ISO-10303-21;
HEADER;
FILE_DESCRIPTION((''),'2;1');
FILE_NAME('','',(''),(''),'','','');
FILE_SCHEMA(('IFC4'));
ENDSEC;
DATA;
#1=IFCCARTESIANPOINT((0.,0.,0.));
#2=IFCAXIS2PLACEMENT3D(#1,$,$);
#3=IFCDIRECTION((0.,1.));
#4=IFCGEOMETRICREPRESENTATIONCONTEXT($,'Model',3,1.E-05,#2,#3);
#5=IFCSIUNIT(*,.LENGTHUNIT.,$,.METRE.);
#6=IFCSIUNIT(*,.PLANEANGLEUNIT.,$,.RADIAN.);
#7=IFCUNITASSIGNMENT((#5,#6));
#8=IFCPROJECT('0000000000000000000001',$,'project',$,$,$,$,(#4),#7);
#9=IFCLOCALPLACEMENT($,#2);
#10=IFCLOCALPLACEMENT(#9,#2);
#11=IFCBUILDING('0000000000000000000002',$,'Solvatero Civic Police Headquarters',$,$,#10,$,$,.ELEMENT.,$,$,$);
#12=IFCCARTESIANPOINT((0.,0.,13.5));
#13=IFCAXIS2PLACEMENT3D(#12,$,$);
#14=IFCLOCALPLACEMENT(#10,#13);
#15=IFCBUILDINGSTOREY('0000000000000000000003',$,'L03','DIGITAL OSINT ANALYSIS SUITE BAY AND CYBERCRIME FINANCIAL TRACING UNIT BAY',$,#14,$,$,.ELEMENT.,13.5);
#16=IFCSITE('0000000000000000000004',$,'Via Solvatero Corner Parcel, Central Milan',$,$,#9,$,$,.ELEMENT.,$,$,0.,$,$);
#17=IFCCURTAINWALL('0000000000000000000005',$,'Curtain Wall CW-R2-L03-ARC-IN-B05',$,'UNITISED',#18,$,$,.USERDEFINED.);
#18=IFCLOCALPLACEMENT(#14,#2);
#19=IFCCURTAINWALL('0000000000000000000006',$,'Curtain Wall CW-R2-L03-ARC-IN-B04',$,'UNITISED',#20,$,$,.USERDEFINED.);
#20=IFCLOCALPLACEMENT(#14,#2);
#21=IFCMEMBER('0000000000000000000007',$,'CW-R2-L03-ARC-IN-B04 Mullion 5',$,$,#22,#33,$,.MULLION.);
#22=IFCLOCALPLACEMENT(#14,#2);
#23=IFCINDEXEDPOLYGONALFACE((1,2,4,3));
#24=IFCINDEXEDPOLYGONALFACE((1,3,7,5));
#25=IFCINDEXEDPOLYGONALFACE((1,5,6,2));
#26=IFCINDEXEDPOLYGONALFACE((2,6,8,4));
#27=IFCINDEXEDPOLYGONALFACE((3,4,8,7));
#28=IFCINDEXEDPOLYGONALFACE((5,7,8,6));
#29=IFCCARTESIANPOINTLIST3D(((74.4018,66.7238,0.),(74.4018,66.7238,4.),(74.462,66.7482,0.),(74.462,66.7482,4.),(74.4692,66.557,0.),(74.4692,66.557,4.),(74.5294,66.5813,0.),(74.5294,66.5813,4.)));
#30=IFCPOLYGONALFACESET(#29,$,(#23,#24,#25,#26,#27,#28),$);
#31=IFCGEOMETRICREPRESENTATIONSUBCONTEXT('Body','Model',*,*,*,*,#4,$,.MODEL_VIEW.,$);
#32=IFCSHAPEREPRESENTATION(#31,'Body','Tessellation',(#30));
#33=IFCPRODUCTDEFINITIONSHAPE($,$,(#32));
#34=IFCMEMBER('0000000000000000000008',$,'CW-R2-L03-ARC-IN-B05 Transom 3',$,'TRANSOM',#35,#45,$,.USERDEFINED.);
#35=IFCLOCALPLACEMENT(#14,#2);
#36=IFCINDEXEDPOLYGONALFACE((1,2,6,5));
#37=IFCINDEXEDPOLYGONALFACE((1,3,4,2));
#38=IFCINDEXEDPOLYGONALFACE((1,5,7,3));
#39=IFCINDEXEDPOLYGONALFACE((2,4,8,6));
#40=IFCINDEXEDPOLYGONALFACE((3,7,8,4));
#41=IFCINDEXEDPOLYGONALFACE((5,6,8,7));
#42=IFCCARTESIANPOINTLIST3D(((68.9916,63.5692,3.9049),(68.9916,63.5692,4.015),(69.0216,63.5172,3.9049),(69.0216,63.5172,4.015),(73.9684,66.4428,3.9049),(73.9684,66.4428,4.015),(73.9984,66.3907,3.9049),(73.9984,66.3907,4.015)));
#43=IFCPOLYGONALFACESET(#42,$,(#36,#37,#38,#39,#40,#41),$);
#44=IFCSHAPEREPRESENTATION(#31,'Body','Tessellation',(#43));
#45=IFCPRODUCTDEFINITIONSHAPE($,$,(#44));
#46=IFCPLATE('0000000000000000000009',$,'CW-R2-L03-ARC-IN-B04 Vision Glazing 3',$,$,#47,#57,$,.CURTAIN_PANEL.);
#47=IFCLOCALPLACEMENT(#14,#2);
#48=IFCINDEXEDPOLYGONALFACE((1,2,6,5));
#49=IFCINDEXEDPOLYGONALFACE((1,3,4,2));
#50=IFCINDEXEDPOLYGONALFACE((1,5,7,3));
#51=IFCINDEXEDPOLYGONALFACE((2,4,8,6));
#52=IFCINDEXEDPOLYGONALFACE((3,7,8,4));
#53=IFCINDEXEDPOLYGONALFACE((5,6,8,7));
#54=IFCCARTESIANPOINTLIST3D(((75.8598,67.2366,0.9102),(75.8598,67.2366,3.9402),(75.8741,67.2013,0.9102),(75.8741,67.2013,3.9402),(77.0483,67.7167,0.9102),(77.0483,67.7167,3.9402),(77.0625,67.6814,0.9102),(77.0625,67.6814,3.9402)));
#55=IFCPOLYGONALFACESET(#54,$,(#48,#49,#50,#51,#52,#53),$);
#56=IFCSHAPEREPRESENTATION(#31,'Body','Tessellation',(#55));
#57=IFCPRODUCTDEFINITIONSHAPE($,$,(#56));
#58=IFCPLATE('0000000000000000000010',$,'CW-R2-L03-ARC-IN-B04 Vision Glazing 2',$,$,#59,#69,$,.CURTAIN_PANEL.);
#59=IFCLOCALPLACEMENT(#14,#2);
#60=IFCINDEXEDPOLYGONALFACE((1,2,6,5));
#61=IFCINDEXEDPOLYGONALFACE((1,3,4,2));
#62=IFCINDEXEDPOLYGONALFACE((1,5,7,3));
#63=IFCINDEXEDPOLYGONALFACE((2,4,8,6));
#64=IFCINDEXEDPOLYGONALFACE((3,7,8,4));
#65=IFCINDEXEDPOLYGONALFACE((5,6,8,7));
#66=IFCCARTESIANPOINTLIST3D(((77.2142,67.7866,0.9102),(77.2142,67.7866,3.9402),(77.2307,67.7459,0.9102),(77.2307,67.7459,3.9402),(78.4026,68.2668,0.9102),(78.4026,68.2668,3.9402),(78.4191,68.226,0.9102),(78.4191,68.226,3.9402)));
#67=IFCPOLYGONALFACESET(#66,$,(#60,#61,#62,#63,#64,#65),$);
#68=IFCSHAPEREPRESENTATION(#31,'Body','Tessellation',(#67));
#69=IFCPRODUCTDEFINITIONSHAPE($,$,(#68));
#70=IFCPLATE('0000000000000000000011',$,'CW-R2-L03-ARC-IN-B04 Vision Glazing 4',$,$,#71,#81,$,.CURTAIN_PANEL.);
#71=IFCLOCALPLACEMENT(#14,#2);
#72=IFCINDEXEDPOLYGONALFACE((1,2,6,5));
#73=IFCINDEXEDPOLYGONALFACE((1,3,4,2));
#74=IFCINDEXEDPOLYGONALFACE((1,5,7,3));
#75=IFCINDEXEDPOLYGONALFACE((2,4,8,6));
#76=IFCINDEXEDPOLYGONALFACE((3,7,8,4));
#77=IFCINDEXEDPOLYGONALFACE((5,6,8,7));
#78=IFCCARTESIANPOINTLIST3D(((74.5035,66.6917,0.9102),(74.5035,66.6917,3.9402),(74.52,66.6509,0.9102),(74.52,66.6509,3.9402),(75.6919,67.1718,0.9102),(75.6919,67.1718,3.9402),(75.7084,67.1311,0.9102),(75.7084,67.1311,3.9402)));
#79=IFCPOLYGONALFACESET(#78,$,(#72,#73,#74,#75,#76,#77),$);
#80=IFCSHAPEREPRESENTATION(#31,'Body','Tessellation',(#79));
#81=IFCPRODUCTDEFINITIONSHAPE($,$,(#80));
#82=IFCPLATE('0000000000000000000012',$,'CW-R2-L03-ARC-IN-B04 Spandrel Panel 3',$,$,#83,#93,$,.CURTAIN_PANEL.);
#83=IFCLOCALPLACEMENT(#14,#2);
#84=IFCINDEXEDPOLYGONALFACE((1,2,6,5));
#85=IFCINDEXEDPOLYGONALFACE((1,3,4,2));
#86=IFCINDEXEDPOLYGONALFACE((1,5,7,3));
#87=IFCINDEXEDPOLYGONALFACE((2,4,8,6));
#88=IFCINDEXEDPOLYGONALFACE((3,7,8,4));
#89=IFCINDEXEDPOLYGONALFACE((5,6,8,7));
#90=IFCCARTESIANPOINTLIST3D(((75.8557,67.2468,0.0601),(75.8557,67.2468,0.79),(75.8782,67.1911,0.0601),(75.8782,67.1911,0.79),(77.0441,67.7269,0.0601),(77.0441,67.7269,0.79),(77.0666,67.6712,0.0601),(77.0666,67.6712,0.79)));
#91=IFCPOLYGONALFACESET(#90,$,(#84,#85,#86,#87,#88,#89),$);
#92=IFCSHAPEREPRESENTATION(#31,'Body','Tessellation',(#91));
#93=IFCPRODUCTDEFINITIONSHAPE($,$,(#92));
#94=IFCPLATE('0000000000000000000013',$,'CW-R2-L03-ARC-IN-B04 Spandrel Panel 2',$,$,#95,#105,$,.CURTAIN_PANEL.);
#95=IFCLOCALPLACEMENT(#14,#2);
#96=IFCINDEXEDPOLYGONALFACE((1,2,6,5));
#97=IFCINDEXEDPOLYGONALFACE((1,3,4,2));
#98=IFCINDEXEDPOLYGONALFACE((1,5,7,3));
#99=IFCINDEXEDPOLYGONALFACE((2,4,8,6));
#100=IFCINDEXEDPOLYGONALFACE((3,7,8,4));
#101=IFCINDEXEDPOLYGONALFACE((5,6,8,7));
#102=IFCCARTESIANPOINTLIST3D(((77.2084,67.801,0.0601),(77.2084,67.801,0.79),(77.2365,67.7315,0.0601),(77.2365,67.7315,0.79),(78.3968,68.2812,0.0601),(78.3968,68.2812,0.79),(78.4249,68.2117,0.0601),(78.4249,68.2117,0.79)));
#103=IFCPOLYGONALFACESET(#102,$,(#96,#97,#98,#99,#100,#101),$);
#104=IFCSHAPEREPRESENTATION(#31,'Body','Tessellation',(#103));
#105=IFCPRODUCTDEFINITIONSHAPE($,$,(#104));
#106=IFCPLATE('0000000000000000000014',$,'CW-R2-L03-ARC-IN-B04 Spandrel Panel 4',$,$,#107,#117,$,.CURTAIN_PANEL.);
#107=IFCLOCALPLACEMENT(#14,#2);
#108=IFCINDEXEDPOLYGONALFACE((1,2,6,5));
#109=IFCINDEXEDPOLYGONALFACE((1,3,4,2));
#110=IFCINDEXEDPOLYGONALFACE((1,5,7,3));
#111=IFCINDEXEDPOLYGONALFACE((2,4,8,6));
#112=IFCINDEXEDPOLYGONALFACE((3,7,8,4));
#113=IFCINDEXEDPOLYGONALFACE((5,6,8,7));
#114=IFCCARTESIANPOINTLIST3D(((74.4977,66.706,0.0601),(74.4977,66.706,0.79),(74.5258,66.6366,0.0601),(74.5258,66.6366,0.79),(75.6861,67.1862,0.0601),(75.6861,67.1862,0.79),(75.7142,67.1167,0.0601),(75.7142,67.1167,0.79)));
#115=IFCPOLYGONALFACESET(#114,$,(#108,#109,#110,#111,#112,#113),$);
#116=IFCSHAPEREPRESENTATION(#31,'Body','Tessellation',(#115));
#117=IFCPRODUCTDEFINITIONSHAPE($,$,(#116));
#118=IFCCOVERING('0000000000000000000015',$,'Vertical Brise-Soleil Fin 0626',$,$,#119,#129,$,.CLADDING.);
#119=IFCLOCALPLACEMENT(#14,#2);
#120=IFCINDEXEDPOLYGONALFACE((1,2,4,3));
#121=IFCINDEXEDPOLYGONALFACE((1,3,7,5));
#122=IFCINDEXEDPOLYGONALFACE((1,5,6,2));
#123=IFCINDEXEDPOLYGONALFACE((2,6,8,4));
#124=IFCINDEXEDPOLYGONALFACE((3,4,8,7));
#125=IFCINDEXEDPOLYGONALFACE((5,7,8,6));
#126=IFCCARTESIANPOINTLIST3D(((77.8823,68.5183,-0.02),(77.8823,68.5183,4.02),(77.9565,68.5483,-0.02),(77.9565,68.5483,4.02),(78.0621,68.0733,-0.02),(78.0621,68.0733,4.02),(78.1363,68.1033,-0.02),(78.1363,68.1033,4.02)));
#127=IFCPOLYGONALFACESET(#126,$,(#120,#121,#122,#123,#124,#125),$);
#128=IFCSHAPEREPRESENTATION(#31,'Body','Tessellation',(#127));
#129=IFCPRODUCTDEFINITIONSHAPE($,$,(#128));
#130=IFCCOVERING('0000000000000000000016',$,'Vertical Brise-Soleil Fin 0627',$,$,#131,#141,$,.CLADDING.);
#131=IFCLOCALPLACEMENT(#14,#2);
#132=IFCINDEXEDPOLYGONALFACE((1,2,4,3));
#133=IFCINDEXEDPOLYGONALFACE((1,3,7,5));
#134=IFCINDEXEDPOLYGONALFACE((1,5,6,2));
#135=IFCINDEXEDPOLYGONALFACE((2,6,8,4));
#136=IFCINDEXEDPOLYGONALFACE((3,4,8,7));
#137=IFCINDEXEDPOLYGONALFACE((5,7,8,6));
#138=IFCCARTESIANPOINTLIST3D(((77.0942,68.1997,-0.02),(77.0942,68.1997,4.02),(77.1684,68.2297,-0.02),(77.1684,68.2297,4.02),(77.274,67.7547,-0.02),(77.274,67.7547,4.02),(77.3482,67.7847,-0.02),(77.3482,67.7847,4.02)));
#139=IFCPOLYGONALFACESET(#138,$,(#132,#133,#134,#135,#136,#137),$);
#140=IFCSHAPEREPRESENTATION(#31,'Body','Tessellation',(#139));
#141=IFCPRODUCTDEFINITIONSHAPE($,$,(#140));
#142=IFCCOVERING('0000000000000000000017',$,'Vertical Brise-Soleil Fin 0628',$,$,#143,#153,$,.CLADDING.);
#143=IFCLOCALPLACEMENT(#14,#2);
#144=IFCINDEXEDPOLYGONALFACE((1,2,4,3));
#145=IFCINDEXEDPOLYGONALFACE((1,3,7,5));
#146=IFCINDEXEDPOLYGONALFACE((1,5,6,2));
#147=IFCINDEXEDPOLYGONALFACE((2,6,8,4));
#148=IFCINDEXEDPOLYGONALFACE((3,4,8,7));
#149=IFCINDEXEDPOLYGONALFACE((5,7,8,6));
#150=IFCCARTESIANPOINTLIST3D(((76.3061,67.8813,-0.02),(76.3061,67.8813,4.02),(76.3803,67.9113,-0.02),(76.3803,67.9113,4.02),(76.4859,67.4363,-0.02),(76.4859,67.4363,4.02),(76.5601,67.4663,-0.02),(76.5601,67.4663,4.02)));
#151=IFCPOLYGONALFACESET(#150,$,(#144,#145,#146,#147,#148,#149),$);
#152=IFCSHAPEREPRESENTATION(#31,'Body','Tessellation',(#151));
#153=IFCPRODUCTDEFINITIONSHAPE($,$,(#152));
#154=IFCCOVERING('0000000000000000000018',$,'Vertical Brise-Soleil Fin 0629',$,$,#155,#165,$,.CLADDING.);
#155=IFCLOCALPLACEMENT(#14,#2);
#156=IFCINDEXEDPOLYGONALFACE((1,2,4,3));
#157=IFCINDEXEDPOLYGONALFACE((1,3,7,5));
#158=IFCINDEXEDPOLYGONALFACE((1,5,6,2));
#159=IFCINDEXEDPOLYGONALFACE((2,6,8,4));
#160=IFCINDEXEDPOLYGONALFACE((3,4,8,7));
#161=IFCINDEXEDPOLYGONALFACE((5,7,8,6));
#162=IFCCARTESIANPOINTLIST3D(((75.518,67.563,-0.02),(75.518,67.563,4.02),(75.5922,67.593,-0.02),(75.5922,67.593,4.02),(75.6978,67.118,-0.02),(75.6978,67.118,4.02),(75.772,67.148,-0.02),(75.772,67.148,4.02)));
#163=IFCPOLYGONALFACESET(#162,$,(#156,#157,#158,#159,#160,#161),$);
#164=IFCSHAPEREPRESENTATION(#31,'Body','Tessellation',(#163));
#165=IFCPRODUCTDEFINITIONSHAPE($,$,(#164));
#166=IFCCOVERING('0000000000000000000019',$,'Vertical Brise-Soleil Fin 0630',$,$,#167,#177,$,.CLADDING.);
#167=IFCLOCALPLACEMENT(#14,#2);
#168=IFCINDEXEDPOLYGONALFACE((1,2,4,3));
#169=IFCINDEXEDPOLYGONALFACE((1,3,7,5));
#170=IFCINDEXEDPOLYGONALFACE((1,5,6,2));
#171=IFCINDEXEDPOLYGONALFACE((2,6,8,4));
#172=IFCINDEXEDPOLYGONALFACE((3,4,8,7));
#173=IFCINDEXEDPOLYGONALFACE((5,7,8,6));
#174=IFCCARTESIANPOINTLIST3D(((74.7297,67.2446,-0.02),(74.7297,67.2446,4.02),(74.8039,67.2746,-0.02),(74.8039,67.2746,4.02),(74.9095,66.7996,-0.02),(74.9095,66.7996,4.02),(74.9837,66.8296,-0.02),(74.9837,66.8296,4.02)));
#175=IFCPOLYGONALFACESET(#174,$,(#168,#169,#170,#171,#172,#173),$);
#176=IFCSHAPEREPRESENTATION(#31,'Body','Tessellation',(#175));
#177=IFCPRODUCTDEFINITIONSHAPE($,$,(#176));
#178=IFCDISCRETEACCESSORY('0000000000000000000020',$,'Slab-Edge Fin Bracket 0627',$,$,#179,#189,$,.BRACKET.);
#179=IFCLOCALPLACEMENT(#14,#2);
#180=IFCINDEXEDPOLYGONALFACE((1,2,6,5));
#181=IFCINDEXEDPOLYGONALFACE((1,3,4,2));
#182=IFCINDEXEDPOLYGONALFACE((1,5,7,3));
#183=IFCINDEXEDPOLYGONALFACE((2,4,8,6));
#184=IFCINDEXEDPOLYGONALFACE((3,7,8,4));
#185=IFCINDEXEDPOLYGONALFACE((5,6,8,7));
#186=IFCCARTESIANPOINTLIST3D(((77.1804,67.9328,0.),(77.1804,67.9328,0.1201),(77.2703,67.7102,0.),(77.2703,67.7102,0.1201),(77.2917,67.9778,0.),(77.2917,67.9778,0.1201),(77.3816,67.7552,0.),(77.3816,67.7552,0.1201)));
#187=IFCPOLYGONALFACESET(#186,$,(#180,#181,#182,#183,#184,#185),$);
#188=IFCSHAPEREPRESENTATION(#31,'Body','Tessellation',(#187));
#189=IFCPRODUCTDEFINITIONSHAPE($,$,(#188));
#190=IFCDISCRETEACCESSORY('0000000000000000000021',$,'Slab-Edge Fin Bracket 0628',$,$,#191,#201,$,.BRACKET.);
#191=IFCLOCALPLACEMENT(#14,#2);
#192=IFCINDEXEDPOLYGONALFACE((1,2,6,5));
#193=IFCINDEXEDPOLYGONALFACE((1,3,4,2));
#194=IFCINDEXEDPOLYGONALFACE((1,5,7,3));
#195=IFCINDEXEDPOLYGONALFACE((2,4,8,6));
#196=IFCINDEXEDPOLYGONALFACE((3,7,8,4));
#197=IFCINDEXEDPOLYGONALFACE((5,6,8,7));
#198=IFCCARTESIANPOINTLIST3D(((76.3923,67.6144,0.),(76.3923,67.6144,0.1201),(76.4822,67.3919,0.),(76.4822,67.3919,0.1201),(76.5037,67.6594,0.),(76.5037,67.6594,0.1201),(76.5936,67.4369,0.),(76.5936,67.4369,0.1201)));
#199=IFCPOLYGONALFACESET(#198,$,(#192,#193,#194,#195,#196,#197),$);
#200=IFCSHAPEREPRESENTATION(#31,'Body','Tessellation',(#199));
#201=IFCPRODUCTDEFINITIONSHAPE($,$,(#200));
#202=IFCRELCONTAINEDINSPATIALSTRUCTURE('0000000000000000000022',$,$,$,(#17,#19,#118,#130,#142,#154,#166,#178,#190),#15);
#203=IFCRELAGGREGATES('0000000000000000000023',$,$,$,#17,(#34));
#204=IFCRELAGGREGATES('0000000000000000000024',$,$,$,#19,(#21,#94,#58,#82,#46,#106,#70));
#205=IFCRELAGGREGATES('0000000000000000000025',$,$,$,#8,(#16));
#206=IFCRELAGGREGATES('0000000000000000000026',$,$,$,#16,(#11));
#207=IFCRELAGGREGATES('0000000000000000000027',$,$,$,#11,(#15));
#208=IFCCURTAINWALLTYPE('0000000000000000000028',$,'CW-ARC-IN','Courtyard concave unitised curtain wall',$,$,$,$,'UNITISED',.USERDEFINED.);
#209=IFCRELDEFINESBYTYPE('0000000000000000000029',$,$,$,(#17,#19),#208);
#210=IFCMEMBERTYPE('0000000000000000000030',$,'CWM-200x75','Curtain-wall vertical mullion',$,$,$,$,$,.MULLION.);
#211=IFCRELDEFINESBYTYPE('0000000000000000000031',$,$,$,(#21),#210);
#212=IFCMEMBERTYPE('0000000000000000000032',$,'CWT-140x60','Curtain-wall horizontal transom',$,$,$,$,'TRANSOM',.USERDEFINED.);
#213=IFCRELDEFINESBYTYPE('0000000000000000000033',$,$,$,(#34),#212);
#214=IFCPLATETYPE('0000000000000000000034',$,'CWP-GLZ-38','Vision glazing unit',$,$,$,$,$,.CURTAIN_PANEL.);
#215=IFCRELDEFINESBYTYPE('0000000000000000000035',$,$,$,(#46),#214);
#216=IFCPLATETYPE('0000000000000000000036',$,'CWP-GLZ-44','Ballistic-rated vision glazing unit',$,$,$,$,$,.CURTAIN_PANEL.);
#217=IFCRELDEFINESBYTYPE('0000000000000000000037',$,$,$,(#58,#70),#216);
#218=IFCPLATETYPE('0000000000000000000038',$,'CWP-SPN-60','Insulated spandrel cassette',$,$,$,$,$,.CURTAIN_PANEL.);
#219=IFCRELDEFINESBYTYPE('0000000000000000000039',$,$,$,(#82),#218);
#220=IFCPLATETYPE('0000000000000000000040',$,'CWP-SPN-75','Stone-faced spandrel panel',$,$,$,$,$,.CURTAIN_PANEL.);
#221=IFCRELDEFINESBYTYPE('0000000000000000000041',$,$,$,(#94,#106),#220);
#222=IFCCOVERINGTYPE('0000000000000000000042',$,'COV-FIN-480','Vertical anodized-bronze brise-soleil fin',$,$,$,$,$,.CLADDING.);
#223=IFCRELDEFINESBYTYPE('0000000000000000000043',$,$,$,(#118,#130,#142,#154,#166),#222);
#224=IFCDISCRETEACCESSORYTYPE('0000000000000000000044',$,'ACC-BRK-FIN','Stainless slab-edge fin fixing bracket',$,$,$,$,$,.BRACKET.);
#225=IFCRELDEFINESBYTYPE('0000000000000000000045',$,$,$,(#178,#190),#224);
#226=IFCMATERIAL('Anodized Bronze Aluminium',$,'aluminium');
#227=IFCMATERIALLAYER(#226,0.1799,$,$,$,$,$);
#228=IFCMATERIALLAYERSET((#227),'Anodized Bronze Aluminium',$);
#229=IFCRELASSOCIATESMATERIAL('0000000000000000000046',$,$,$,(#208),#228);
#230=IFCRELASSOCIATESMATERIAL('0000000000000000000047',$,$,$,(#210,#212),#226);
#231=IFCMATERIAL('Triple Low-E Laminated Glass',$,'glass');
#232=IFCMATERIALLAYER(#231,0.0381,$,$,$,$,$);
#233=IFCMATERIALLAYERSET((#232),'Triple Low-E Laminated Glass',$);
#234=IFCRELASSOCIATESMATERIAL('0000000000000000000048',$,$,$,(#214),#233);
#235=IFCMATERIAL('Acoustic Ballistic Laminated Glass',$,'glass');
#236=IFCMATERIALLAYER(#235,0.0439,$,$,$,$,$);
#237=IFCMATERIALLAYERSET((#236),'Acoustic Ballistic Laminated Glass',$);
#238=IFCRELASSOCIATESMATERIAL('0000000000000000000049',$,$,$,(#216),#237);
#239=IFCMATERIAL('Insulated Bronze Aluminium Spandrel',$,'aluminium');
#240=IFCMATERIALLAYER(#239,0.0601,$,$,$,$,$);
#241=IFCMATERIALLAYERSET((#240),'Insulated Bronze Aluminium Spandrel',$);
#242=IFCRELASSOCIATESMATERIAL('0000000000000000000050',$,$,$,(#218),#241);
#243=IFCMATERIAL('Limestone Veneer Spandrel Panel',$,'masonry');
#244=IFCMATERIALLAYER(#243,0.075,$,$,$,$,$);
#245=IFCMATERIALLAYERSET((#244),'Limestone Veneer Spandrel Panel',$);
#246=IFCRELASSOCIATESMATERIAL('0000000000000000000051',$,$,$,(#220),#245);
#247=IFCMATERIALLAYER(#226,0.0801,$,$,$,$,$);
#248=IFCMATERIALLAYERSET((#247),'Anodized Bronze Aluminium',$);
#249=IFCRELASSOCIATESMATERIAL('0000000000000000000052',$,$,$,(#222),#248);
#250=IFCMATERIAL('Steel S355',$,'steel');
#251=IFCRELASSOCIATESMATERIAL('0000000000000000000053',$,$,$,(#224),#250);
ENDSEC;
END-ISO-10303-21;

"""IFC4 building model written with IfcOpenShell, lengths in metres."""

from ifc_helpers import new_model, si_unit, direction, frame, origin, origin_2d, place, context, subcontext, project, spatial, rectangle, extrude, material, layer, layer_set, material_profile, profile_set, type_object, element, aggregate, save


model = new_model("IFC4")

# Units and contexts
model_context = context("Model", 3, precision=1e-05, world=origin(), true_north=direction((0.0, 1.0)))
body_context = subcontext(model_context, "Body", "Model", "MODEL_VIEW")
ifc_project = project(units=[si_unit("LENGTHUNIT", "METRE"), si_unit("PLANEANGLEUNIT", "RADIAN")], contexts=[model_context])

# Site, building, storey
site_placement = place(None, origin())
site = spatial("IfcSite", under=ifc_project, at=site_placement, Name="Via Solvatero Corner Parcel, Central Milan", CompositionType="ELEMENT", RefElevation=0.0)
building_placement = place(site_placement, origin())
building = spatial("IfcBuilding", under=site, at=building_placement, Name="Solvatero Civic Police Headquarters", CompositionType="ELEMENT")
storey_placement = place(building_placement, frame((0.0, 0.0, 13.5)))
storey = spatial("IfcBuildingStorey", under=building, at=storey_placement, Name="L03", Description="DIGITAL OSINT ANALYSIS SUITE BAY AND CYBERCRIME FINANCIAL TRACING UNIT BAY", CompositionType="ELEMENT", Elevation=13.5)

# Shared definitions
ifc_material_1 = material(Name="Steel S355", Category="steel")

# Curtain wall
ifc_material_2 = material(Name="Anodized Bronze Aluminium", Category="aluminium")
ifc_layer_1 = layer(ifc_material_2, 0.1799)
ifc_layer_set_1 = layer_set([ifc_layer_1], Name="Anodized Bronze Aluminium")
curtain_wall_type = type_object("IfcCurtainWallType", Name="CW-ARC-IN", Description="Courtyard concave unitised curtain wall", ElementType="UNITISED", PredefinedType="USERDEFINED", material=ifc_layer_set_1)
curtain_wall_1_placement = place(storey_placement, origin())
curtain_wall_1 = element("IfcCurtainWall", 1, at=curtain_wall_1_placement, inside=storey, type_object=curtain_wall_type, Name="Curtain Wall CW-R2-L03-ARC-IN-B05", ObjectType="UNITISED", PredefinedType="USERDEFINED")

# Curtain wall, member
curtain_wall_2_placement = place(storey_placement, origin())
curtain_wall_2 = element("IfcCurtainWall", 2, at=curtain_wall_2_placement, inside=storey, type_object=curtain_wall_type, Name="Curtain Wall CW-R2-L03-ARC-IN-B04", ObjectType="UNITISED", PredefinedType="USERDEFINED")
ifc_material_profile_1 = material_profile(ifc_material_2, rectangle(XDim=0.0649, YDim=0.1799, at=origin_2d()), Name="ALU MULLION 65x180")
ifc_profile_set_1 = profile_set([ifc_material_profile_1], Name="Anodized Bronze Aluminium")
member_type_1 = type_object("IfcMemberType", Name="CWM-200x75", Description="Curtain-wall vertical mullion", PredefinedType="MULLION", material=ifc_profile_set_1)
member_1_placement = place(storey_placement, frame((74.4656, 66.6526, 0.0), z_axis=(0.0, 0.0, 1.0), x_axis=(-0.927184, -0.374607, 0.0)))
member_1 = element("IfcMember", 3, at=member_1_placement, type_object=member_type_1, Name="CW-R2-L03-ARC-IN-B04 Mullion 5", PredefinedType="MULLION", context=body_context, shape_type="SweptSolid", body=[
    extrude(rectangle(XDim=0.0649, YDim=0.1799, at=origin_2d()), origin(), (0.0, 0.0, 1.0), 4.0),
])

# Member
ifc_material_profile_2 = material_profile(ifc_material_2, rectangle(XDim=0.0601, YDim=0.1101, at=origin_2d()), Name="ALU TRANSOM 60x110")
ifc_profile_set_2 = profile_set([ifc_material_profile_2], Name="Anodized Bronze Aluminium")
member_type_2 = type_object("IfcMemberType", Name="CWT-140x60", Description="Curtain-wall horizontal transom", ElementType="TRANSOM", PredefinedType="USERDEFINED", material=ifc_profile_set_2)
member_2_placement = place(storey_placement, frame((73.9834, 66.4167, 3.96), z_axis=(-0.866012, -0.500023, 0.0), x_axis=(0.500023, -0.866012, 0.0)))
member_2 = element("IfcMember", 4, at=member_2_placement, type_object=member_type_2, Name="CW-R2-L03-ARC-IN-B05 Transom 3", ObjectType="TRANSOM", PredefinedType="USERDEFINED", context=body_context, shape_type="SweptSolid", body=[
    extrude(rectangle(XDim=0.0601, YDim=0.1101, at=origin_2d()), origin(), (0.0, 0.0, 1.0), 5.7468),
])
aggregate(curtain_wall_1, [member_2])

# Plates
ifc_material_3 = material(Name="Triple Low-E Laminated Glass", Category="glass")
ifc_layer_2 = layer(ifc_material_3, 0.0381)
ifc_layer_set_2 = layer_set([ifc_layer_2], Name="Triple Low-E Laminated Glass")
plate_type_1 = type_object("IfcPlateType", Name="CWP-GLZ-38", Description="Vision glazing unit", PredefinedType="CURTAIN_PANEL", material=ifc_layer_set_2)
plate_1_placement = place(storey_placement, frame((76.4612, 67.459, 0.9102), z_axis=(0.0, 0.0, 1.0), x_axis=(-0.927184, -0.374607, 0.0)))
plate_1 = element("IfcPlate", 5, at=plate_1_placement, type_object=plate_type_1, Name="CW-R2-L03-ARC-IN-B04 Vision Glazing 3", PredefinedType="CURTAIN_PANEL", context=body_context, shape_type="SweptSolid", body=[
    extrude(rectangle(XDim=1.2817, YDim=0.0381, at=origin_2d()), origin(), (0.0, 0.0, 1.0), 3.03),
])
ifc_material_4 = material(Name="Acoustic Ballistic Laminated Glass", Category="glass")
ifc_layer_3 = layer(ifc_material_4, 0.0439)
ifc_layer_set_3 = layer_set([ifc_layer_3], Name="Acoustic Ballistic Laminated Glass")
plate_type_2 = type_object("IfcPlateType", Name="CWP-GLZ-44", Description="Ballistic-rated vision glazing unit", PredefinedType="CURTAIN_PANEL", material=ifc_layer_set_3)
plate_2_placement = place(storey_placement, frame((77.8167, 68.0063, 0.9102), z_axis=(0.0, 0.0, 1.0), x_axis=(-0.927184, -0.374607, 0.0)))
plate_2 = element("IfcPlate", 6, at=plate_2_placement, type_object=plate_type_2, Name="CW-R2-L03-ARC-IN-B04 Vision Glazing 2", PredefinedType="CURTAIN_PANEL", context=body_context, shape_type="SweptSolid", body=[
    extrude(rectangle(XDim=1.2817, YDim=0.0439, at=origin_2d()), origin(), (0.0, 0.0, 1.0), 3.03),
])
plate_3_placement = place(storey_placement, frame((75.106, 66.9114, 0.9102), z_axis=(0.0, 0.0, 1.0), x_axis=(-0.927184, -0.374607, 0.0)))
plate_3 = element("IfcPlate", 7, at=plate_3_placement, type_object=plate_type_2, Name="CW-R2-L03-ARC-IN-B04 Vision Glazing 4", PredefinedType="CURTAIN_PANEL", context=body_context, shape_type="SweptSolid", body=[
    extrude(rectangle(XDim=1.2817, YDim=0.0439, at=origin_2d()), origin(), (0.0, 0.0, 1.0), 3.03),
])
ifc_material_5 = material(Name="Insulated Bronze Aluminium Spandrel", Category="aluminium")
ifc_layer_4 = layer(ifc_material_5, 0.0601)
ifc_layer_set_4 = layer_set([ifc_layer_4], Name="Insulated Bronze Aluminium Spandrel")
plate_type_3 = type_object("IfcPlateType", Name="CWP-SPN-60", Description="Insulated spandrel cassette", PredefinedType="CURTAIN_PANEL", material=ifc_layer_set_4)
plate_4_placement = place(storey_placement, frame((76.4612, 67.459, 0.0601), z_axis=(0.0, 0.0, 1.0), x_axis=(-0.927184, -0.374607, 0.0)))
plate_4 = element("IfcPlate", 8, at=plate_4_placement, type_object=plate_type_3, Name="CW-R2-L03-ARC-IN-B04 Spandrel Panel 3", PredefinedType="CURTAIN_PANEL", context=body_context, shape_type="SweptSolid", body=[
    extrude(rectangle(XDim=1.2817, YDim=0.0601, at=origin_2d()), origin(), (0.0, 0.0, 1.0), 0.73),
])
ifc_material_6 = material(Name="Limestone Veneer Spandrel Panel", Category="masonry")
ifc_layer_5 = layer(ifc_material_6, 0.075)
ifc_layer_set_5 = layer_set([ifc_layer_5], Name="Limestone Veneer Spandrel Panel")
plate_type_4 = type_object("IfcPlateType", Name="CWP-SPN-75", Description="Stone-faced spandrel panel", PredefinedType="CURTAIN_PANEL", material=ifc_layer_set_5)
plate_5_placement = place(storey_placement, frame((77.8167, 68.0063, 0.0601), z_axis=(0.0, 0.0, 1.0), x_axis=(-0.927184, -0.374607, 0.0)))
plate_5 = element("IfcPlate", 9, at=plate_5_placement, type_object=plate_type_4, Name="CW-R2-L03-ARC-IN-B04 Spandrel Panel 2", PredefinedType="CURTAIN_PANEL", context=body_context, shape_type="SweptSolid", body=[
    extrude(rectangle(XDim=1.2817, YDim=0.075, at=origin_2d()), origin(), (0.0, 0.0, 1.0), 0.73),
])
plate_6_placement = place(storey_placement, frame((75.106, 66.9114, 0.0601), z_axis=(0.0, 0.0, 1.0), x_axis=(-0.927184, -0.374607, 0.0)))
plate_6 = element("IfcPlate", 10, at=plate_6_placement, type_object=plate_type_4, Name="CW-R2-L03-ARC-IN-B04 Spandrel Panel 4", PredefinedType="CURTAIN_PANEL", context=body_context, shape_type="SweptSolid", body=[
    extrude(rectangle(XDim=1.2817, YDim=0.075, at=origin_2d()), origin(), (0.0, 0.0, 1.0), 0.73),
])
aggregate(curtain_wall_2, [member_1, plate_5, plate_2, plate_4, plate_1, plate_6, plate_3])

# Coverings
ifc_layer_6 = layer(ifc_material_2, 0.0801)
ifc_layer_set_6 = layer_set([ifc_layer_6], Name="Anodized Bronze Aluminium")
covering_type = type_object("IfcCoveringType", Name="COV-FIN-480", Description="Vertical anodized-bronze brise-soleil fin", PredefinedType="CLADDING", material=ifc_layer_set_6)
for number, where, z_axis, x_axis, name in (
    (11, (78.0093, 68.3108, -0.02), (0.0, 0.0, 1.0), (-0.927184, -0.374607, 0.0), "Vertical Brise-Soleil Fin 0626"),
    (12, (77.2212, 67.9922, -0.02), (0.0, 0.0, 1.0), (-0.927184, -0.374607, 0.0), "Vertical Brise-Soleil Fin 0627"),
    (13, (76.4331, 67.6738, -0.02), (0.0, 0.0, 1.0), (-0.927184, -0.374607, 0.0), "Vertical Brise-Soleil Fin 0628"),
    (14, (75.645, 67.3555, -0.02), (0.0, 0.0, 1.0), (-0.927184, -0.374607, 0.0), "Vertical Brise-Soleil Fin 0629"),
    (15, (74.8567, 67.0371, -0.02), (0.0, 0.0, 1.0), (-0.927184, -0.374607, 0.0), "Vertical Brise-Soleil Fin 0630"),
):
    element("IfcCovering", number, at=place(storey_placement, frame(where, z_axis=z_axis, x_axis=x_axis)), inside=storey, type_object=covering_type, Name=name, PredefinedType="CLADDING", context=body_context, shape_type="SweptSolid", body=[
        extrude(rectangle(XDim=0.0801, YDim=0.48, at=origin_2d()), origin(), (0.0, 0.0, 1.0), 4.04),
    ])

# Discrete accessories
discrete_accessory_type = type_object("IfcDiscreteAccessoryType", Name="ACC-BRK-FIN", Description="Stainless slab-edge fin fixing bracket", PredefinedType="BRACKET", material=ifc_material_1)
for number, where, z_axis, x_axis, name in (
    (16, (77.281, 67.844, 0.0), (0.0, 0.0, 1.0), (-0.927184, -0.374607, 0.0), "Slab-Edge Fin Bracket 0627"),
    (17, (76.4929, 67.5256, 0.0), (0.0, 0.0, 1.0), (-0.927184, -0.374607, 0.0), "Slab-Edge Fin Bracket 0628"),
):
    element("IfcDiscreteAccessory", number, at=place(storey_placement, frame(where, z_axis=z_axis, x_axis=x_axis)), inside=storey, type_object=discrete_accessory_type, Name=name, PredefinedType="BRACKET", context=body_context, shape_type="SweptSolid", body=[
        extrude(rectangle(XDim=0.1201, YDim=0.24, at=origin_2d()), origin(), (0.0, 0.0, 1.0), 0.1201),
    ])

save(model, "model.ifc")
